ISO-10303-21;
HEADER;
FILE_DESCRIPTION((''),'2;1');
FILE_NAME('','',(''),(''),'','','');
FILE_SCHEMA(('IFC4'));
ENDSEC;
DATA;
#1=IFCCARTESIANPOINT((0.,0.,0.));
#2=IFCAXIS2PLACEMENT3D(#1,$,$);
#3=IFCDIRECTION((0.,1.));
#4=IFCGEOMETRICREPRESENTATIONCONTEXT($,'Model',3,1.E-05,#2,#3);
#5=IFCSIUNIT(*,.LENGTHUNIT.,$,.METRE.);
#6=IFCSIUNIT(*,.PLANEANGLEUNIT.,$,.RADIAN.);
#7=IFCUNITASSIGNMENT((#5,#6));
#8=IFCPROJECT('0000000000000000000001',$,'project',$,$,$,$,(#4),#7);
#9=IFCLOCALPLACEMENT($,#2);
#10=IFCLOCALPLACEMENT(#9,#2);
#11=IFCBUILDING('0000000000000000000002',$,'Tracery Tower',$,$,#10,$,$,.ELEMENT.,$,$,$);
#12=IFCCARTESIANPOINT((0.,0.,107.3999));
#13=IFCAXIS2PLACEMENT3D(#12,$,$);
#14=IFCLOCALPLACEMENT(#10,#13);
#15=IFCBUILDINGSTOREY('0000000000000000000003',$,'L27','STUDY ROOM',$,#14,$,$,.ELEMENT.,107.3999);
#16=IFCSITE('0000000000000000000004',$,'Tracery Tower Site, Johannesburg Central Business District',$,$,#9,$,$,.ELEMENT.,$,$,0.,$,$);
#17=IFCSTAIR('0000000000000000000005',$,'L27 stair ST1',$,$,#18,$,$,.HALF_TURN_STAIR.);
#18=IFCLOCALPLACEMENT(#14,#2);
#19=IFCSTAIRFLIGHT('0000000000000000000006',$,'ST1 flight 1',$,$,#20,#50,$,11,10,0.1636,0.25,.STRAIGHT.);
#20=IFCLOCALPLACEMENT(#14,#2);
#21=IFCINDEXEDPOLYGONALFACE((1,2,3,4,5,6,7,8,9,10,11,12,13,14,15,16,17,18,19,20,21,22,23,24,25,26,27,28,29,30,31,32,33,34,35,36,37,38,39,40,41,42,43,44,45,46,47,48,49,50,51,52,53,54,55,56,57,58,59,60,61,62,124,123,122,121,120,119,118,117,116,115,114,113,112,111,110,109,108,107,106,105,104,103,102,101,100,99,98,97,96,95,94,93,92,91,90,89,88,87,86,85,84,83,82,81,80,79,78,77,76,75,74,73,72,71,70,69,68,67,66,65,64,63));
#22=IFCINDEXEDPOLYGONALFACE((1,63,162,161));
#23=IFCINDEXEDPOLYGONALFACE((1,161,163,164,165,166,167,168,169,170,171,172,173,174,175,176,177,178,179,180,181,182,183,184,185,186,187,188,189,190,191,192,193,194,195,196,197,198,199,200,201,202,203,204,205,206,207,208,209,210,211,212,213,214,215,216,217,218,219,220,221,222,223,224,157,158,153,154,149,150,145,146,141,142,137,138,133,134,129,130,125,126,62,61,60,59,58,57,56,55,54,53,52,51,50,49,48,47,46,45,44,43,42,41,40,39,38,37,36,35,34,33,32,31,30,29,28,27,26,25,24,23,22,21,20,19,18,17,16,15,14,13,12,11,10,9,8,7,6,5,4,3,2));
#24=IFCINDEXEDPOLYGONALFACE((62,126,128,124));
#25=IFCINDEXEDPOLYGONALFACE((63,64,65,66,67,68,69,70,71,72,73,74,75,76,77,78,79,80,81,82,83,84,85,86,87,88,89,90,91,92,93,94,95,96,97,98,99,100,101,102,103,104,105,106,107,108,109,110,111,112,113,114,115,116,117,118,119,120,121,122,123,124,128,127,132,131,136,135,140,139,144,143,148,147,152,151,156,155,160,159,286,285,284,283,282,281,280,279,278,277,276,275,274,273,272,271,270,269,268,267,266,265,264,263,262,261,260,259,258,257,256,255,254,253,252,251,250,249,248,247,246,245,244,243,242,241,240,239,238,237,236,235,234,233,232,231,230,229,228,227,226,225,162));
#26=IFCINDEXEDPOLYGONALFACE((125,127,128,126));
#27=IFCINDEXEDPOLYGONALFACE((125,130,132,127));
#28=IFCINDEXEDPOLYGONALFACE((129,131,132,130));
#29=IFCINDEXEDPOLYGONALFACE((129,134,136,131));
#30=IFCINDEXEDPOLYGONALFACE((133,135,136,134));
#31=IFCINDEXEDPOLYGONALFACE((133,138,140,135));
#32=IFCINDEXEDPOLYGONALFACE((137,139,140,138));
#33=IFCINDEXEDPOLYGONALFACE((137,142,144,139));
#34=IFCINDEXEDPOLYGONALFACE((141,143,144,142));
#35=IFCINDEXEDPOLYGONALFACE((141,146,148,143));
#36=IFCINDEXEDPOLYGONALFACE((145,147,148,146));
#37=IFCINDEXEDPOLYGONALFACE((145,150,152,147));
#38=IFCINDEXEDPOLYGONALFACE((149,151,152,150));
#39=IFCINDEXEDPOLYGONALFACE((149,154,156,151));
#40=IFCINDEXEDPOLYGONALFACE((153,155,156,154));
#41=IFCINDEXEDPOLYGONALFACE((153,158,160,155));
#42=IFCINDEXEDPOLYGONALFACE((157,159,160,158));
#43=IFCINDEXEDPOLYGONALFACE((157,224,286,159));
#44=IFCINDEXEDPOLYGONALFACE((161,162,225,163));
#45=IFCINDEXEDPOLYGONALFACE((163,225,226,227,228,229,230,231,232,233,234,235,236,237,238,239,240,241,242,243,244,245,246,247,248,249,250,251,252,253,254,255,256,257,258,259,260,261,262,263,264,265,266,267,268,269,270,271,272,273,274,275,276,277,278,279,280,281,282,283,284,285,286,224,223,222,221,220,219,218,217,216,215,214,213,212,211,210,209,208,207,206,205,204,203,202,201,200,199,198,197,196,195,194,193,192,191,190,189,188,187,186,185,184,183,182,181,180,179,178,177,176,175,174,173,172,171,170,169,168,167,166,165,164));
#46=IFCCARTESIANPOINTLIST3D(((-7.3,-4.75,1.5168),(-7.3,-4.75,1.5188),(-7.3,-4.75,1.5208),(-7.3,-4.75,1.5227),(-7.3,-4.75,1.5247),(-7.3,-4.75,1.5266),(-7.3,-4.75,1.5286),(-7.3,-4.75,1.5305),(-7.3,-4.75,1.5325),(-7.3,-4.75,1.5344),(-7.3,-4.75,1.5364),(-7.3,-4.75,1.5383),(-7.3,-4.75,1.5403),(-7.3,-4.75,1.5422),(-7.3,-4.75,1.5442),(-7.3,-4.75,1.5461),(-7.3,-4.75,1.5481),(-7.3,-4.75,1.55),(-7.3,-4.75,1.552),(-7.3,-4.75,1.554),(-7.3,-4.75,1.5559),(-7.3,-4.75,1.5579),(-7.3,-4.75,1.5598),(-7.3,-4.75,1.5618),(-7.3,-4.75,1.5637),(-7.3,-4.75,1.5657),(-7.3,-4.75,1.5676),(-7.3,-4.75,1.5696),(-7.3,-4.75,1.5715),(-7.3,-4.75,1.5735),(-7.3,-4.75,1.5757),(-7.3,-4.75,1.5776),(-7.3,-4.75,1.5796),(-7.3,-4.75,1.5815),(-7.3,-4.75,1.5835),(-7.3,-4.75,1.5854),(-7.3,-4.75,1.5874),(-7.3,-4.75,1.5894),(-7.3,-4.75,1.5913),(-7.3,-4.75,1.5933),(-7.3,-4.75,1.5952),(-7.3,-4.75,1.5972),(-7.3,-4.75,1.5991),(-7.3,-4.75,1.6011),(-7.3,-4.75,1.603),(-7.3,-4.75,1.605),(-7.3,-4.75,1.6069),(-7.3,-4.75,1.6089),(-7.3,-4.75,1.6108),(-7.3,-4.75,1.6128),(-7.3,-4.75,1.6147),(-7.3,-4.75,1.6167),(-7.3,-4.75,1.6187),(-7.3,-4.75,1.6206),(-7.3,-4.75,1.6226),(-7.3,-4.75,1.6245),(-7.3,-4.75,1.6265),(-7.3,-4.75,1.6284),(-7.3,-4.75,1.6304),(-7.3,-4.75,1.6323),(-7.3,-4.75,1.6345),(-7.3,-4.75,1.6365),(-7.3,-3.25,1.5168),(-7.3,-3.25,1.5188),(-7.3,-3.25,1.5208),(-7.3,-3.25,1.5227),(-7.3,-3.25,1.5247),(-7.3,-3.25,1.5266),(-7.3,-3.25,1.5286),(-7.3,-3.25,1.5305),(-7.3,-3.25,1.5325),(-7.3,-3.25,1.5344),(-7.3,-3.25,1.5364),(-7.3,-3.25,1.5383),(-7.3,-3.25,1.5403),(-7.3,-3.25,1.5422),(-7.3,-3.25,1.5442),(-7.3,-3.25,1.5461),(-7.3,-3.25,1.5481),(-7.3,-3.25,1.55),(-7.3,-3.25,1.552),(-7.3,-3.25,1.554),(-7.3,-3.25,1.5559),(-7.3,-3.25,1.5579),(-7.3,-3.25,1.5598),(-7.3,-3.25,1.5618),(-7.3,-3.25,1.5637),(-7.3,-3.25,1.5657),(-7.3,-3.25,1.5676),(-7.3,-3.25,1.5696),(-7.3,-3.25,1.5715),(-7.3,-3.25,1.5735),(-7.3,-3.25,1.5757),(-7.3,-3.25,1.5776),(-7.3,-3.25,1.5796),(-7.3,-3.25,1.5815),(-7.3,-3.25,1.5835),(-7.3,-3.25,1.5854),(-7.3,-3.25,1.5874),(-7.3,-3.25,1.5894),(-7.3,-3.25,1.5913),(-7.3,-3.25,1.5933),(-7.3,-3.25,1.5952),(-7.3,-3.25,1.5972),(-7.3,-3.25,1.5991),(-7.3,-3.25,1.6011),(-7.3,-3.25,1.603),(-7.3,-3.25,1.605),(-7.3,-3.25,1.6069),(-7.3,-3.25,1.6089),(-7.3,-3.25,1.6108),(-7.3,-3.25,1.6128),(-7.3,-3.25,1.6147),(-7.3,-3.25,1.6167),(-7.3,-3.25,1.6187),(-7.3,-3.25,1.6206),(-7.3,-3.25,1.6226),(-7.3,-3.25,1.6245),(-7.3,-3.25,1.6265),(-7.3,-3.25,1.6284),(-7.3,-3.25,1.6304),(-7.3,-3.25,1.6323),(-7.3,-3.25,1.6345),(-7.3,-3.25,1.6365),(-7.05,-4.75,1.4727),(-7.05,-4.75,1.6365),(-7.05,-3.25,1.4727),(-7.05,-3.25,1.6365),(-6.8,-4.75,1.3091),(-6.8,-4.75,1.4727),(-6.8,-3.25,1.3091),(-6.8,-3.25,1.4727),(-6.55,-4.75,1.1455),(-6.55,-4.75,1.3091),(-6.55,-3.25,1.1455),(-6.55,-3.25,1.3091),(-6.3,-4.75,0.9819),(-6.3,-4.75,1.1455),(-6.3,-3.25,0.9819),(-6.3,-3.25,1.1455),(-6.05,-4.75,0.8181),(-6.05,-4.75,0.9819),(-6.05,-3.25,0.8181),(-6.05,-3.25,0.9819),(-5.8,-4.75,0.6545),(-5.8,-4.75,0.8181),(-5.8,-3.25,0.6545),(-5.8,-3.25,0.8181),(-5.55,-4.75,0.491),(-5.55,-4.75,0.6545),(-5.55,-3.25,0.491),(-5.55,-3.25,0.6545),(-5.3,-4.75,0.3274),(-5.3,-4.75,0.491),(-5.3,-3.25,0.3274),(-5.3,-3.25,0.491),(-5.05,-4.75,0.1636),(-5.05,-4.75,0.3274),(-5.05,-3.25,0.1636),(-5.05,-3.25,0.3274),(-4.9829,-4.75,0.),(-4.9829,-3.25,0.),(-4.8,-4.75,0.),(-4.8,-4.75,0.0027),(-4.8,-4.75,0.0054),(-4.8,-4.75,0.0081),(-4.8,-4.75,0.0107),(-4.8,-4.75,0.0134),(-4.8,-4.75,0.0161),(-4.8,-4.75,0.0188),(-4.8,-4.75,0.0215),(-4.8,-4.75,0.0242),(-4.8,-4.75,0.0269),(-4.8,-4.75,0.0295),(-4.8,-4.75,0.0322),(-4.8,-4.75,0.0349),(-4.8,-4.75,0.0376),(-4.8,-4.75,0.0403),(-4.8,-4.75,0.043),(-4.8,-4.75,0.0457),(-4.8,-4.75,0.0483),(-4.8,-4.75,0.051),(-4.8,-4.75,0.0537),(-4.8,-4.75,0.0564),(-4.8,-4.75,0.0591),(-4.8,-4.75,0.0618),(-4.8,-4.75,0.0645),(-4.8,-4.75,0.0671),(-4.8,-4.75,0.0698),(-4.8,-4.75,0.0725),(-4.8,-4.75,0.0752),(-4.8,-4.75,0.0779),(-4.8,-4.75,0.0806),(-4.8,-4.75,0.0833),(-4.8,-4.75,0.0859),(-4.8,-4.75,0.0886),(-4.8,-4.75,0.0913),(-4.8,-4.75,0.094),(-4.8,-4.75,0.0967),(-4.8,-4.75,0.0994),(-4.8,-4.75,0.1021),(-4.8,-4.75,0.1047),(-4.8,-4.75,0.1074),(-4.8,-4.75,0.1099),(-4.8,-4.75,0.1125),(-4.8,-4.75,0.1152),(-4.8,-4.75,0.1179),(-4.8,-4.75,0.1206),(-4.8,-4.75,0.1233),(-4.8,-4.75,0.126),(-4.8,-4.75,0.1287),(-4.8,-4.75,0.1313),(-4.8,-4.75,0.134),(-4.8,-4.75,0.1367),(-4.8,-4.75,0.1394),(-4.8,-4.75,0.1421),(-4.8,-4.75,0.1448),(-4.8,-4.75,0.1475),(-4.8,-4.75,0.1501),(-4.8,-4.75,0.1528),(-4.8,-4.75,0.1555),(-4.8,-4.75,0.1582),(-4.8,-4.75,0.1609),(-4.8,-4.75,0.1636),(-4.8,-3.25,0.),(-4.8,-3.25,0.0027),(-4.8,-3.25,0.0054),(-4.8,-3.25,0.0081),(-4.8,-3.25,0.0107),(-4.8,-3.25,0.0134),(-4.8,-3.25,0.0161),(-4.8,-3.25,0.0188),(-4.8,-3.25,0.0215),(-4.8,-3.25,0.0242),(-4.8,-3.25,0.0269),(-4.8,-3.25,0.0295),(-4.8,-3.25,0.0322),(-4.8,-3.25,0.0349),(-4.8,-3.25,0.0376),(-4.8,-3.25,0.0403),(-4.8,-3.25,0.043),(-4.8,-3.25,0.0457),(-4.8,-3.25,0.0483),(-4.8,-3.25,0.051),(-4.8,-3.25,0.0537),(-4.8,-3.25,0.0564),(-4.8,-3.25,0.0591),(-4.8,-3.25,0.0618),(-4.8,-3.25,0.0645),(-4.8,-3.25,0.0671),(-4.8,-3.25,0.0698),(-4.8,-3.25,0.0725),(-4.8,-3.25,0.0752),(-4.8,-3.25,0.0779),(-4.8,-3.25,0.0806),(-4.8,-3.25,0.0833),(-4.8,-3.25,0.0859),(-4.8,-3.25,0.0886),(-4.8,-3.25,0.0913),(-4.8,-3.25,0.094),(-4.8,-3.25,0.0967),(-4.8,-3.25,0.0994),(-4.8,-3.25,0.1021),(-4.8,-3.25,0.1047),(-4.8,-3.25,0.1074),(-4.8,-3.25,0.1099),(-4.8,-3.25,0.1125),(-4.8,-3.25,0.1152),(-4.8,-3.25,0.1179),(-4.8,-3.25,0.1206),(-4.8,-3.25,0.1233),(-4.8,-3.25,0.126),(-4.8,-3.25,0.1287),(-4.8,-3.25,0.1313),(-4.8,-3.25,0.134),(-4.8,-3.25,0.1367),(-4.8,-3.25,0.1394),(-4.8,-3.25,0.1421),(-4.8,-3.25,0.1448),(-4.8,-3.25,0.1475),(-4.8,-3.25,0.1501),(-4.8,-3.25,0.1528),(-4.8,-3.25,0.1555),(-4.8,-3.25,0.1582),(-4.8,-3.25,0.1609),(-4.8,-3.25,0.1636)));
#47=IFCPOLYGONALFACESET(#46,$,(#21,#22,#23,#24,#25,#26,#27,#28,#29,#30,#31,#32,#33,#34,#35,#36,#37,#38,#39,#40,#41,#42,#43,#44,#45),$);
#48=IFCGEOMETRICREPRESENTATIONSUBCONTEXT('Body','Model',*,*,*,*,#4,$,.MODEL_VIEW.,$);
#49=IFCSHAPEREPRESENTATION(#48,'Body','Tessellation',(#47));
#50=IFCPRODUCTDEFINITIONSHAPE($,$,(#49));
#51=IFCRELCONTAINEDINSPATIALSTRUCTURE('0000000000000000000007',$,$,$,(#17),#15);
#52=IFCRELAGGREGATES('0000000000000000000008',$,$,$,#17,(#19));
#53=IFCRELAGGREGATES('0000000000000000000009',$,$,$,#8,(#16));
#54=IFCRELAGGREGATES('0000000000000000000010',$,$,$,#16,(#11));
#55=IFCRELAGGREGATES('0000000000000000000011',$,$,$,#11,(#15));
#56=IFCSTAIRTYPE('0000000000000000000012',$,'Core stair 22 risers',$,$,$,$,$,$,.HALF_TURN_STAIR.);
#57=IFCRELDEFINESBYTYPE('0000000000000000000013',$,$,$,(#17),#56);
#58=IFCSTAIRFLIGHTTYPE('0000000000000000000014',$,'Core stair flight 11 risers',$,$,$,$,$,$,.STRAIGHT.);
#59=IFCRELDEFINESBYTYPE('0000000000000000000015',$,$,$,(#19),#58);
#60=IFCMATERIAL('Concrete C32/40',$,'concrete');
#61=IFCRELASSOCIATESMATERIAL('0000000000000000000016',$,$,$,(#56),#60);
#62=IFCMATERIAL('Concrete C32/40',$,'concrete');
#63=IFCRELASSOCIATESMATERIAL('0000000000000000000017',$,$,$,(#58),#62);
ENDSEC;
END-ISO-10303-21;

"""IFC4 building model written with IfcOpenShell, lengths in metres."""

from ifc_helpers import new_model, si_unit, direction, frame, origin, place, context, subcontext, project, spatial, polyline, outline, extrude, material, type_object, element, aggregate, save


model = new_model("IFC4")

# Units and contexts
model_context = context("Model", 3, precision=1e-05, world=origin(), true_north=direction((0.0, 1.0)))
body_context = subcontext(model_context, "Body", "Model", "MODEL_VIEW")
ifc_project = project(units=[si_unit("LENGTHUNIT", "METRE"), si_unit("PLANEANGLEUNIT", "RADIAN")], contexts=[model_context])

# Site, building, storey
site_placement = place(None, origin())
site = spatial("IfcSite", under=ifc_project, at=site_placement, Name="Tracery Tower Site, Johannesburg Central Business District", CompositionType="ELEMENT", RefElevation=0.0)
building_placement = place(site_placement, origin())
building = spatial("IfcBuilding", under=site, at=building_placement, Name="Tracery Tower", CompositionType="ELEMENT")
storey_placement = place(building_placement, frame((0.0, 0.0, 107.3999)))
storey = spatial("IfcBuildingStorey", under=building, at=storey_placement, Name="L27", Description="STUDY ROOM", CompositionType="ELEMENT", Elevation=107.3999)

# Stair, stair flight
ifc_material_1 = material(Name="Concrete C32/40", Category="concrete")
stair_type = type_object("IfcStairType", Name="Core stair 22 risers", PredefinedType="HALF_TURN_STAIR", material=ifc_material_1)
stair_placement = place(storey_placement, origin())
stair = element("IfcStair", 1, at=stair_placement, inside=storey, type_object=stair_type, Name="L27 stair ST1", PredefinedType="HALF_TURN_STAIR")
ifc_material_2 = material(Name="Concrete C32/40", Category="concrete")
stair_flight_type = type_object("IfcStairFlightType", Name="Core stair flight 11 risers", PredefinedType="STRAIGHT", material=ifc_material_2)
stair_flight_1_placement = place(storey_placement, frame((-4.8, -4.0, 0.0), z_axis=(0.0, 0.0, 1.0), x_axis=(-1.0, 0.0, 0.0)))
stair_flight_1 = element("IfcStairFlight", 2, at=stair_flight_1_placement, type_object=stair_flight_type, Name="ST1 flight 1", NumberOfRisers=11, NumberOfTreads=10, PredefinedType="STRAIGHT", RiserHeight=0.1636, TreadLength=0.25, context=body_context, shape_type="SweptSolid", body=[
    extrude(outline(polyline([(0.0, 0.0), (0.0, 0.0027), (0.0, 0.0054), (0.0, 0.0081), (0.0, 0.0107), (0.0, 0.0134), (0.0, 0.0161), (0.0, 0.0188), (0.0, 0.0215), (0.0, 0.0242), (0.0, 0.0269), (0.0, 0.0295), (0.0, 0.0322), (0.0, 0.0349), (0.0, 0.0376), (0.0, 0.0403), (0.0, 0.043), (0.0, 0.0457), (0.0, 0.0483), (0.0, 0.051), (0.0, 0.0537), (0.0, 0.0564), (0.0, 0.0591), (0.0, 0.0618), (0.0, 0.0645), (0.0, 0.0671), (0.0, 0.0698), (0.0, 0.0725), (0.0, 0.0752), (0.0, 0.0779), (0.0, 0.0806), (0.0, 0.0833), (0.0, 0.0859), (0.0, 0.0886), (0.0, 0.0913), (0.0, 0.094), (0.0, 0.0967), (0.0, 0.0994), (0.0, 0.1021), (0.0, 0.1047), (0.0, 0.1074), (0.0, 0.1099), (0.0, 0.1125), (0.0, 0.1152), (0.0, 0.1179), (0.0, 0.1206), (0.0, 0.1233), (0.0, 0.126), (0.0, 0.1287), (0.0, 0.1313), (0.0, 0.134), (0.0, 0.1367), (0.0, 0.1394), (0.0, 0.1421), (0.0, 0.1448), (0.0, 0.1475), (0.0, 0.1501), (0.0, 0.1528), (0.0, 0.1555), (0.0, 0.1582), (0.0, 0.1609), (0.0, 0.1636), (0.25, 0.1636), (0.25, 0.3274), (0.5, 0.3274), (0.5, 0.491), (0.75, 0.491), (0.75, 0.6545), (1.0, 0.6545), (1.0, 0.8181), (1.25, 0.8181), (1.25, 0.9819), (1.5, 0.9819), (1.5, 1.1455), (1.75, 1.1455), (1.75, 1.3091), (2.0, 1.3091), (2.0, 1.4727), (2.25, 1.4727), (2.25, 1.6365), (2.5, 1.6365), (2.5, 1.6345), (2.5, 1.6323), (2.5, 1.6304), (2.5, 1.6284), (2.5, 1.6265), (2.5, 1.6245), (2.5, 1.6226), (2.5, 1.6206), (2.5, 1.6187), (2.5, 1.6167), (2.5, 1.6147), (2.5, 1.6128), (2.5, 1.6108), (2.5, 1.6089), (2.5, 1.6069), (2.5, 1.605), (2.5, 1.603), (2.5, 1.6011), (2.5, 1.5991), (2.5, 1.5972), (2.5, 1.5952), (2.5, 1.5933), (2.5, 1.5913), (2.5, 1.5894), (2.5, 1.5874), (2.5, 1.5854), (2.5, 1.5835), (2.5, 1.5815), (2.5, 1.5796), (2.5, 1.5776), (2.5, 1.5757), (2.5, 1.5735), (2.5, 1.5715), (2.5, 1.5696), (2.5, 1.5676), (2.5, 1.5657), (2.5, 1.5637), (2.5, 1.5618), (2.5, 1.5598), (2.5, 1.5579), (2.5, 1.5559), (2.5, 1.554), (2.5, 1.552), (2.5, 1.55), (2.5, 1.5481), (2.5, 1.5461), (2.5, 1.5442), (2.5, 1.5422), (2.5, 1.5403), (2.5, 1.5383), (2.5, 1.5364), (2.5, 1.5344), (2.5, 1.5325), (2.5, 1.5305), (2.5, 1.5286), (2.5, 1.5266), (2.5, 1.5247), (2.5, 1.5227), (2.5, 1.5208), (2.5, 1.5188), (2.5, 1.5168), (0.1829, 0.0), (0.0, 0.0)])), frame((0.0, 0.75, 0.0), z_axis=(0.0, -1.0, 0.0), x_axis=(1.0, 0.0, 0.0)), (0.0, 0.0, 1.0), 1.5),
])
aggregate(stair, [stair_flight_1])

save(model, "model.ifc")
